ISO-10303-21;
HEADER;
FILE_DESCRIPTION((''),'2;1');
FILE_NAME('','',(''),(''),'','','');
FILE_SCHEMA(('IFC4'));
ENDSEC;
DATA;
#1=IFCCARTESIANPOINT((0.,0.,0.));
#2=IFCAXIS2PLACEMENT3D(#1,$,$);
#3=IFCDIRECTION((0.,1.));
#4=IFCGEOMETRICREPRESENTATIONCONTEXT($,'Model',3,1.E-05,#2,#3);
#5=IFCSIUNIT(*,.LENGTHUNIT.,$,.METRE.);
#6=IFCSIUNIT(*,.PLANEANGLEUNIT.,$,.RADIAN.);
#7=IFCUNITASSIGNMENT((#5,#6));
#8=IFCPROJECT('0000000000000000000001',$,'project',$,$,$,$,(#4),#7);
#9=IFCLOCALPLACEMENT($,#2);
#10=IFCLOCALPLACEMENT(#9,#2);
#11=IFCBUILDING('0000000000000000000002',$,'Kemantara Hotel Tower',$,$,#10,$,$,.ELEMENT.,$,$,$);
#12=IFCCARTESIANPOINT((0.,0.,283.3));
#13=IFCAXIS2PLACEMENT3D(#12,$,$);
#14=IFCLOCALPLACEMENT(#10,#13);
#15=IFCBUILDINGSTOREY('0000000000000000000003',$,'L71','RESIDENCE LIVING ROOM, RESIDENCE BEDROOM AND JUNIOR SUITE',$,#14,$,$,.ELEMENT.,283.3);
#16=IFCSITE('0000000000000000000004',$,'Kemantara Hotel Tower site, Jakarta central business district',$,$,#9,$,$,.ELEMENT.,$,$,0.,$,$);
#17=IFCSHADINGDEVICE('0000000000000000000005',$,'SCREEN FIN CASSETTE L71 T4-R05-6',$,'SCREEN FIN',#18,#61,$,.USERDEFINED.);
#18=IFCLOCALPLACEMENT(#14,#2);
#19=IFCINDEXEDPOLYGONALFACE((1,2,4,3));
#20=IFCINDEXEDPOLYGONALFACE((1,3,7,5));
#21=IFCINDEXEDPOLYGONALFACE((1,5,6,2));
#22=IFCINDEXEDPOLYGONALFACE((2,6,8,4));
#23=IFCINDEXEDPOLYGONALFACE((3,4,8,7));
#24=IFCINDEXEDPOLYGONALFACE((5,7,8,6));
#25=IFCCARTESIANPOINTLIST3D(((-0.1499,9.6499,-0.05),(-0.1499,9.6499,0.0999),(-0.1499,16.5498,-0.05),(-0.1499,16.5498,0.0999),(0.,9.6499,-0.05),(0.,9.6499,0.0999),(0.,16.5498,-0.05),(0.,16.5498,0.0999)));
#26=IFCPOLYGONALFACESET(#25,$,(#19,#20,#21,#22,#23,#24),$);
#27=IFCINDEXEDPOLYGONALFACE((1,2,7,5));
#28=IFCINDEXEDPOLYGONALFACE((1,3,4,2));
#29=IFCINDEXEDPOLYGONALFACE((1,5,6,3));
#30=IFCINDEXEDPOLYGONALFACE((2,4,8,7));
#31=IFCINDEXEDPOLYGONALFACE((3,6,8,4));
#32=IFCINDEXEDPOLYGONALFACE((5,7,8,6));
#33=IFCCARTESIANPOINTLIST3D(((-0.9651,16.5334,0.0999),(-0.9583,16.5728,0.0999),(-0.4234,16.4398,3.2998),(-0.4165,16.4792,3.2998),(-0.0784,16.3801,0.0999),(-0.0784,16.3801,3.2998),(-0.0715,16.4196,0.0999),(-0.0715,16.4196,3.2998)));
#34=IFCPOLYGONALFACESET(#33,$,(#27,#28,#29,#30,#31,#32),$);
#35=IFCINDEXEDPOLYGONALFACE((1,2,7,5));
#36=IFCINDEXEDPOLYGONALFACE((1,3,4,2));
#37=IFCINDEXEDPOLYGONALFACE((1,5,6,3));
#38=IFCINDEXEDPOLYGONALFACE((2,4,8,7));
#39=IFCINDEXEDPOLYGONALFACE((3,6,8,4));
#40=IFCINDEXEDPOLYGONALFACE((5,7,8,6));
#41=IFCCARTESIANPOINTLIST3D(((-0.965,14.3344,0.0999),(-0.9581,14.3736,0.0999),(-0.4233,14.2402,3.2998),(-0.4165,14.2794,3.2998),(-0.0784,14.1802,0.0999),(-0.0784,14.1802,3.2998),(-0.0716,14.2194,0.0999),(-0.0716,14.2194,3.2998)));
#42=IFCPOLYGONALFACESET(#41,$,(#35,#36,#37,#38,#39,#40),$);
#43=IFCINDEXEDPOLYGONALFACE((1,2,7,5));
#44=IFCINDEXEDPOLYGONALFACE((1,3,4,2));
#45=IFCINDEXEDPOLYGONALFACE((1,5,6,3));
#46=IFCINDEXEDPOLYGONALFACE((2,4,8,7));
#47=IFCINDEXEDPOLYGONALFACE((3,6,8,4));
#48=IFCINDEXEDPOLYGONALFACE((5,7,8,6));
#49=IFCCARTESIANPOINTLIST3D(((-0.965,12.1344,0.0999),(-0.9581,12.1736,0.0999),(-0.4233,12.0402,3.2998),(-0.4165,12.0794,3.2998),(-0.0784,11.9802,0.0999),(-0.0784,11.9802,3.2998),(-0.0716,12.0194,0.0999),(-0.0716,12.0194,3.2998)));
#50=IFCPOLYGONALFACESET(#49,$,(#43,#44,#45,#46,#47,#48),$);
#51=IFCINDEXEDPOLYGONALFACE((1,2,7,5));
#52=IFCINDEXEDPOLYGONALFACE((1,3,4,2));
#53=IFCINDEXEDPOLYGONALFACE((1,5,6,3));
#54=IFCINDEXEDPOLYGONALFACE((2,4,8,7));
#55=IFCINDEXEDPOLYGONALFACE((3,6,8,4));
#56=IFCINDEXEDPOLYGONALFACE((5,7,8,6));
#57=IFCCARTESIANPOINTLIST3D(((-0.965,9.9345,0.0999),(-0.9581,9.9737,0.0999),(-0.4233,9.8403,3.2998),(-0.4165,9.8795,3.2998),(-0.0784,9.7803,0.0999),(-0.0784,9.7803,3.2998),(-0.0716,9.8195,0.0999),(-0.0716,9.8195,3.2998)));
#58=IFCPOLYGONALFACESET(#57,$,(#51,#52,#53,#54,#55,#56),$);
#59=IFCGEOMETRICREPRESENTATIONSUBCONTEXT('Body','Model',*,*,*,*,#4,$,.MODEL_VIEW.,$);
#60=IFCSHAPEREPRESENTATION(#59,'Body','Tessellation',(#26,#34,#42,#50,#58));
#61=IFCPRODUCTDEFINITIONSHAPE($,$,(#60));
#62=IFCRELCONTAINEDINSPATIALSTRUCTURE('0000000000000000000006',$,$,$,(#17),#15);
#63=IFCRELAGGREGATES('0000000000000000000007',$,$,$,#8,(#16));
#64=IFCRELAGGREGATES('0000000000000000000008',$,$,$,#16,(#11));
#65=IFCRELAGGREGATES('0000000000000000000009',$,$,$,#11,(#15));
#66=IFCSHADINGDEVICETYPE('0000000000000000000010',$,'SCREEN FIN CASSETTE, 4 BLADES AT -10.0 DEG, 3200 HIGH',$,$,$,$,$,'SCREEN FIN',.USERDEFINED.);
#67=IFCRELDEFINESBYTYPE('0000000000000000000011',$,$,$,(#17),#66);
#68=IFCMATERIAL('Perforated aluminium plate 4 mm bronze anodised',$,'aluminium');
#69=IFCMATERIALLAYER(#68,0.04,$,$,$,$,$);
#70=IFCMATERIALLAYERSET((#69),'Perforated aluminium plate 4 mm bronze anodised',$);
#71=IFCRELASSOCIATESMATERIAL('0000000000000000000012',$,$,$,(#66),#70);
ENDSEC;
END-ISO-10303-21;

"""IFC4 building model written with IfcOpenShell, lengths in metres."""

from ifc_helpers import new_model, si_unit, direction, frame, origin, origin_2d, place, context, subcontext, project, spatial, polyline, rectangle, outline, extrude, source, transform, mapped, material, layer, layer_set, type_object, element, save


model = new_model("IFC4")

# Units and contexts
model_context = context("Model", 3, precision=1e-05, world=origin(), true_north=direction((0.0, 1.0)))
body_context = subcontext(model_context, "Body", "Model", "MODEL_VIEW")
ifc_project = project(units=[si_unit("LENGTHUNIT", "METRE"), si_unit("PLANEANGLEUNIT", "RADIAN")], contexts=[model_context])

# Site, building, storey
site_placement = place(None, origin())
site = spatial("IfcSite", under=ifc_project, at=site_placement, Name="Kemantara Hotel Tower site, Jakarta central business district", CompositionType="ELEMENT", RefElevation=0.0)
building_placement = place(site_placement, origin())
building = spatial("IfcBuilding", under=site, at=building_placement, Name="Kemantara Hotel Tower", CompositionType="ELEMENT")
storey_placement = place(building_placement, frame((0.0, 0.0, 283.3)))
storey = spatial("IfcBuildingStorey", under=building, at=storey_placement, Name="L71", Description="RESIDENCE LIVING ROOM, RESIDENCE BEDROOM AND JUNIOR SUITE", CompositionType="ELEMENT", Elevation=283.3)

# Shading device
ifc_material_1 = material(Name="Perforated aluminium plate 4 mm bronze anodised", Category="aluminium")
ifc_layer_1 = layer(ifc_material_1, 0.04)
ifc_layer_set_1 = layer_set([ifc_layer_1], Name="Perforated aluminium plate 4 mm bronze anodised")
shading_device_type_1 = type_object("IfcShadingDeviceType", Name="SCREEN FIN CASSETTE, 4 BLADES AT -10.0 DEG, 3200 HIGH", ElementType="SCREEN FIN", PredefinedType="USERDEFINED", material=ifc_layer_set_1)
shared_shape_1 = source(origin(), body_context, "Body", "SweptSolid", [
    extrude(rectangle(XDim=6.8999, YDim=0.1499, at=origin_2d()), frame((3.3, -0.075, -0.1499), z_axis=(0.0, 0.0, 1.0), x_axis=(1.0, 0.0, 0.0)), (0.0, 0.0, 1.0), 0.1499),
    extrude(outline(polyline([(0.0, 0.0), (0.8999, 0.0), (0.3501, 3.2), (0.0, 3.2), (0.0, 0.0)])), frame((0.0198, -0.0784, 0.0), z_axis=(-0.98539, 0.170314, 0.0), x_axis=(-0.170314, -0.98539, 0.0)), (0.0, 0.0, 1.0), 0.04),
    extrude(outline(polyline([(0.0, 0.0), (0.8999, 0.0), (0.3501, 3.2), (0.0, 3.2), (0.0, 0.0)])), frame((2.2197, -0.0784, 0.0), z_axis=(-0.985212, 0.171341, 0.0), x_axis=(-0.171341, -0.985212, 0.0)), (0.0, 0.0, 1.0), 0.0398),
    extrude(outline(polyline([(0.0, 0.0), (0.8999, 0.0), (0.3501, 3.2), (0.0, 3.2), (0.0, 0.0)])), frame((4.4197, -0.0784, 0.0), z_axis=(-0.985212, 0.171341, 0.0), x_axis=(-0.171341, -0.985212, 0.0)), (0.0, 0.0, 1.0), 0.0398),
    extrude(outline(polyline([(0.0, 0.0), (0.8999, 0.0), (0.3501, 3.2), (0.0, 3.2), (0.0, 0.0)])), frame((6.6196, -0.0784, 0.0), z_axis=(-0.985212, 0.171341, 0.0), x_axis=(-0.171341, -0.985212, 0.0)), (0.0, 0.0, 1.0), 0.0398),
])
shading_device_1_placement = place(storey_placement, frame((0.0, 16.3999, 0.0999), z_axis=(0.0, 0.0, 1.0), x_axis=(0.0, -1.0, 0.0)))
element("IfcShadingDevice", 1, at=shading_device_1_placement, inside=storey, type_object=shading_device_type_1, Name="SCREEN FIN CASSETTE L71 T4-R05-6", ObjectType="SCREEN FIN", PredefinedType="USERDEFINED", context=body_context, shape_type="MappedRepresentation", body=[
    mapped(shared_shape_1, transform((0.0, 0.0, 0.0))),
])

save(model, "model.ifc")
